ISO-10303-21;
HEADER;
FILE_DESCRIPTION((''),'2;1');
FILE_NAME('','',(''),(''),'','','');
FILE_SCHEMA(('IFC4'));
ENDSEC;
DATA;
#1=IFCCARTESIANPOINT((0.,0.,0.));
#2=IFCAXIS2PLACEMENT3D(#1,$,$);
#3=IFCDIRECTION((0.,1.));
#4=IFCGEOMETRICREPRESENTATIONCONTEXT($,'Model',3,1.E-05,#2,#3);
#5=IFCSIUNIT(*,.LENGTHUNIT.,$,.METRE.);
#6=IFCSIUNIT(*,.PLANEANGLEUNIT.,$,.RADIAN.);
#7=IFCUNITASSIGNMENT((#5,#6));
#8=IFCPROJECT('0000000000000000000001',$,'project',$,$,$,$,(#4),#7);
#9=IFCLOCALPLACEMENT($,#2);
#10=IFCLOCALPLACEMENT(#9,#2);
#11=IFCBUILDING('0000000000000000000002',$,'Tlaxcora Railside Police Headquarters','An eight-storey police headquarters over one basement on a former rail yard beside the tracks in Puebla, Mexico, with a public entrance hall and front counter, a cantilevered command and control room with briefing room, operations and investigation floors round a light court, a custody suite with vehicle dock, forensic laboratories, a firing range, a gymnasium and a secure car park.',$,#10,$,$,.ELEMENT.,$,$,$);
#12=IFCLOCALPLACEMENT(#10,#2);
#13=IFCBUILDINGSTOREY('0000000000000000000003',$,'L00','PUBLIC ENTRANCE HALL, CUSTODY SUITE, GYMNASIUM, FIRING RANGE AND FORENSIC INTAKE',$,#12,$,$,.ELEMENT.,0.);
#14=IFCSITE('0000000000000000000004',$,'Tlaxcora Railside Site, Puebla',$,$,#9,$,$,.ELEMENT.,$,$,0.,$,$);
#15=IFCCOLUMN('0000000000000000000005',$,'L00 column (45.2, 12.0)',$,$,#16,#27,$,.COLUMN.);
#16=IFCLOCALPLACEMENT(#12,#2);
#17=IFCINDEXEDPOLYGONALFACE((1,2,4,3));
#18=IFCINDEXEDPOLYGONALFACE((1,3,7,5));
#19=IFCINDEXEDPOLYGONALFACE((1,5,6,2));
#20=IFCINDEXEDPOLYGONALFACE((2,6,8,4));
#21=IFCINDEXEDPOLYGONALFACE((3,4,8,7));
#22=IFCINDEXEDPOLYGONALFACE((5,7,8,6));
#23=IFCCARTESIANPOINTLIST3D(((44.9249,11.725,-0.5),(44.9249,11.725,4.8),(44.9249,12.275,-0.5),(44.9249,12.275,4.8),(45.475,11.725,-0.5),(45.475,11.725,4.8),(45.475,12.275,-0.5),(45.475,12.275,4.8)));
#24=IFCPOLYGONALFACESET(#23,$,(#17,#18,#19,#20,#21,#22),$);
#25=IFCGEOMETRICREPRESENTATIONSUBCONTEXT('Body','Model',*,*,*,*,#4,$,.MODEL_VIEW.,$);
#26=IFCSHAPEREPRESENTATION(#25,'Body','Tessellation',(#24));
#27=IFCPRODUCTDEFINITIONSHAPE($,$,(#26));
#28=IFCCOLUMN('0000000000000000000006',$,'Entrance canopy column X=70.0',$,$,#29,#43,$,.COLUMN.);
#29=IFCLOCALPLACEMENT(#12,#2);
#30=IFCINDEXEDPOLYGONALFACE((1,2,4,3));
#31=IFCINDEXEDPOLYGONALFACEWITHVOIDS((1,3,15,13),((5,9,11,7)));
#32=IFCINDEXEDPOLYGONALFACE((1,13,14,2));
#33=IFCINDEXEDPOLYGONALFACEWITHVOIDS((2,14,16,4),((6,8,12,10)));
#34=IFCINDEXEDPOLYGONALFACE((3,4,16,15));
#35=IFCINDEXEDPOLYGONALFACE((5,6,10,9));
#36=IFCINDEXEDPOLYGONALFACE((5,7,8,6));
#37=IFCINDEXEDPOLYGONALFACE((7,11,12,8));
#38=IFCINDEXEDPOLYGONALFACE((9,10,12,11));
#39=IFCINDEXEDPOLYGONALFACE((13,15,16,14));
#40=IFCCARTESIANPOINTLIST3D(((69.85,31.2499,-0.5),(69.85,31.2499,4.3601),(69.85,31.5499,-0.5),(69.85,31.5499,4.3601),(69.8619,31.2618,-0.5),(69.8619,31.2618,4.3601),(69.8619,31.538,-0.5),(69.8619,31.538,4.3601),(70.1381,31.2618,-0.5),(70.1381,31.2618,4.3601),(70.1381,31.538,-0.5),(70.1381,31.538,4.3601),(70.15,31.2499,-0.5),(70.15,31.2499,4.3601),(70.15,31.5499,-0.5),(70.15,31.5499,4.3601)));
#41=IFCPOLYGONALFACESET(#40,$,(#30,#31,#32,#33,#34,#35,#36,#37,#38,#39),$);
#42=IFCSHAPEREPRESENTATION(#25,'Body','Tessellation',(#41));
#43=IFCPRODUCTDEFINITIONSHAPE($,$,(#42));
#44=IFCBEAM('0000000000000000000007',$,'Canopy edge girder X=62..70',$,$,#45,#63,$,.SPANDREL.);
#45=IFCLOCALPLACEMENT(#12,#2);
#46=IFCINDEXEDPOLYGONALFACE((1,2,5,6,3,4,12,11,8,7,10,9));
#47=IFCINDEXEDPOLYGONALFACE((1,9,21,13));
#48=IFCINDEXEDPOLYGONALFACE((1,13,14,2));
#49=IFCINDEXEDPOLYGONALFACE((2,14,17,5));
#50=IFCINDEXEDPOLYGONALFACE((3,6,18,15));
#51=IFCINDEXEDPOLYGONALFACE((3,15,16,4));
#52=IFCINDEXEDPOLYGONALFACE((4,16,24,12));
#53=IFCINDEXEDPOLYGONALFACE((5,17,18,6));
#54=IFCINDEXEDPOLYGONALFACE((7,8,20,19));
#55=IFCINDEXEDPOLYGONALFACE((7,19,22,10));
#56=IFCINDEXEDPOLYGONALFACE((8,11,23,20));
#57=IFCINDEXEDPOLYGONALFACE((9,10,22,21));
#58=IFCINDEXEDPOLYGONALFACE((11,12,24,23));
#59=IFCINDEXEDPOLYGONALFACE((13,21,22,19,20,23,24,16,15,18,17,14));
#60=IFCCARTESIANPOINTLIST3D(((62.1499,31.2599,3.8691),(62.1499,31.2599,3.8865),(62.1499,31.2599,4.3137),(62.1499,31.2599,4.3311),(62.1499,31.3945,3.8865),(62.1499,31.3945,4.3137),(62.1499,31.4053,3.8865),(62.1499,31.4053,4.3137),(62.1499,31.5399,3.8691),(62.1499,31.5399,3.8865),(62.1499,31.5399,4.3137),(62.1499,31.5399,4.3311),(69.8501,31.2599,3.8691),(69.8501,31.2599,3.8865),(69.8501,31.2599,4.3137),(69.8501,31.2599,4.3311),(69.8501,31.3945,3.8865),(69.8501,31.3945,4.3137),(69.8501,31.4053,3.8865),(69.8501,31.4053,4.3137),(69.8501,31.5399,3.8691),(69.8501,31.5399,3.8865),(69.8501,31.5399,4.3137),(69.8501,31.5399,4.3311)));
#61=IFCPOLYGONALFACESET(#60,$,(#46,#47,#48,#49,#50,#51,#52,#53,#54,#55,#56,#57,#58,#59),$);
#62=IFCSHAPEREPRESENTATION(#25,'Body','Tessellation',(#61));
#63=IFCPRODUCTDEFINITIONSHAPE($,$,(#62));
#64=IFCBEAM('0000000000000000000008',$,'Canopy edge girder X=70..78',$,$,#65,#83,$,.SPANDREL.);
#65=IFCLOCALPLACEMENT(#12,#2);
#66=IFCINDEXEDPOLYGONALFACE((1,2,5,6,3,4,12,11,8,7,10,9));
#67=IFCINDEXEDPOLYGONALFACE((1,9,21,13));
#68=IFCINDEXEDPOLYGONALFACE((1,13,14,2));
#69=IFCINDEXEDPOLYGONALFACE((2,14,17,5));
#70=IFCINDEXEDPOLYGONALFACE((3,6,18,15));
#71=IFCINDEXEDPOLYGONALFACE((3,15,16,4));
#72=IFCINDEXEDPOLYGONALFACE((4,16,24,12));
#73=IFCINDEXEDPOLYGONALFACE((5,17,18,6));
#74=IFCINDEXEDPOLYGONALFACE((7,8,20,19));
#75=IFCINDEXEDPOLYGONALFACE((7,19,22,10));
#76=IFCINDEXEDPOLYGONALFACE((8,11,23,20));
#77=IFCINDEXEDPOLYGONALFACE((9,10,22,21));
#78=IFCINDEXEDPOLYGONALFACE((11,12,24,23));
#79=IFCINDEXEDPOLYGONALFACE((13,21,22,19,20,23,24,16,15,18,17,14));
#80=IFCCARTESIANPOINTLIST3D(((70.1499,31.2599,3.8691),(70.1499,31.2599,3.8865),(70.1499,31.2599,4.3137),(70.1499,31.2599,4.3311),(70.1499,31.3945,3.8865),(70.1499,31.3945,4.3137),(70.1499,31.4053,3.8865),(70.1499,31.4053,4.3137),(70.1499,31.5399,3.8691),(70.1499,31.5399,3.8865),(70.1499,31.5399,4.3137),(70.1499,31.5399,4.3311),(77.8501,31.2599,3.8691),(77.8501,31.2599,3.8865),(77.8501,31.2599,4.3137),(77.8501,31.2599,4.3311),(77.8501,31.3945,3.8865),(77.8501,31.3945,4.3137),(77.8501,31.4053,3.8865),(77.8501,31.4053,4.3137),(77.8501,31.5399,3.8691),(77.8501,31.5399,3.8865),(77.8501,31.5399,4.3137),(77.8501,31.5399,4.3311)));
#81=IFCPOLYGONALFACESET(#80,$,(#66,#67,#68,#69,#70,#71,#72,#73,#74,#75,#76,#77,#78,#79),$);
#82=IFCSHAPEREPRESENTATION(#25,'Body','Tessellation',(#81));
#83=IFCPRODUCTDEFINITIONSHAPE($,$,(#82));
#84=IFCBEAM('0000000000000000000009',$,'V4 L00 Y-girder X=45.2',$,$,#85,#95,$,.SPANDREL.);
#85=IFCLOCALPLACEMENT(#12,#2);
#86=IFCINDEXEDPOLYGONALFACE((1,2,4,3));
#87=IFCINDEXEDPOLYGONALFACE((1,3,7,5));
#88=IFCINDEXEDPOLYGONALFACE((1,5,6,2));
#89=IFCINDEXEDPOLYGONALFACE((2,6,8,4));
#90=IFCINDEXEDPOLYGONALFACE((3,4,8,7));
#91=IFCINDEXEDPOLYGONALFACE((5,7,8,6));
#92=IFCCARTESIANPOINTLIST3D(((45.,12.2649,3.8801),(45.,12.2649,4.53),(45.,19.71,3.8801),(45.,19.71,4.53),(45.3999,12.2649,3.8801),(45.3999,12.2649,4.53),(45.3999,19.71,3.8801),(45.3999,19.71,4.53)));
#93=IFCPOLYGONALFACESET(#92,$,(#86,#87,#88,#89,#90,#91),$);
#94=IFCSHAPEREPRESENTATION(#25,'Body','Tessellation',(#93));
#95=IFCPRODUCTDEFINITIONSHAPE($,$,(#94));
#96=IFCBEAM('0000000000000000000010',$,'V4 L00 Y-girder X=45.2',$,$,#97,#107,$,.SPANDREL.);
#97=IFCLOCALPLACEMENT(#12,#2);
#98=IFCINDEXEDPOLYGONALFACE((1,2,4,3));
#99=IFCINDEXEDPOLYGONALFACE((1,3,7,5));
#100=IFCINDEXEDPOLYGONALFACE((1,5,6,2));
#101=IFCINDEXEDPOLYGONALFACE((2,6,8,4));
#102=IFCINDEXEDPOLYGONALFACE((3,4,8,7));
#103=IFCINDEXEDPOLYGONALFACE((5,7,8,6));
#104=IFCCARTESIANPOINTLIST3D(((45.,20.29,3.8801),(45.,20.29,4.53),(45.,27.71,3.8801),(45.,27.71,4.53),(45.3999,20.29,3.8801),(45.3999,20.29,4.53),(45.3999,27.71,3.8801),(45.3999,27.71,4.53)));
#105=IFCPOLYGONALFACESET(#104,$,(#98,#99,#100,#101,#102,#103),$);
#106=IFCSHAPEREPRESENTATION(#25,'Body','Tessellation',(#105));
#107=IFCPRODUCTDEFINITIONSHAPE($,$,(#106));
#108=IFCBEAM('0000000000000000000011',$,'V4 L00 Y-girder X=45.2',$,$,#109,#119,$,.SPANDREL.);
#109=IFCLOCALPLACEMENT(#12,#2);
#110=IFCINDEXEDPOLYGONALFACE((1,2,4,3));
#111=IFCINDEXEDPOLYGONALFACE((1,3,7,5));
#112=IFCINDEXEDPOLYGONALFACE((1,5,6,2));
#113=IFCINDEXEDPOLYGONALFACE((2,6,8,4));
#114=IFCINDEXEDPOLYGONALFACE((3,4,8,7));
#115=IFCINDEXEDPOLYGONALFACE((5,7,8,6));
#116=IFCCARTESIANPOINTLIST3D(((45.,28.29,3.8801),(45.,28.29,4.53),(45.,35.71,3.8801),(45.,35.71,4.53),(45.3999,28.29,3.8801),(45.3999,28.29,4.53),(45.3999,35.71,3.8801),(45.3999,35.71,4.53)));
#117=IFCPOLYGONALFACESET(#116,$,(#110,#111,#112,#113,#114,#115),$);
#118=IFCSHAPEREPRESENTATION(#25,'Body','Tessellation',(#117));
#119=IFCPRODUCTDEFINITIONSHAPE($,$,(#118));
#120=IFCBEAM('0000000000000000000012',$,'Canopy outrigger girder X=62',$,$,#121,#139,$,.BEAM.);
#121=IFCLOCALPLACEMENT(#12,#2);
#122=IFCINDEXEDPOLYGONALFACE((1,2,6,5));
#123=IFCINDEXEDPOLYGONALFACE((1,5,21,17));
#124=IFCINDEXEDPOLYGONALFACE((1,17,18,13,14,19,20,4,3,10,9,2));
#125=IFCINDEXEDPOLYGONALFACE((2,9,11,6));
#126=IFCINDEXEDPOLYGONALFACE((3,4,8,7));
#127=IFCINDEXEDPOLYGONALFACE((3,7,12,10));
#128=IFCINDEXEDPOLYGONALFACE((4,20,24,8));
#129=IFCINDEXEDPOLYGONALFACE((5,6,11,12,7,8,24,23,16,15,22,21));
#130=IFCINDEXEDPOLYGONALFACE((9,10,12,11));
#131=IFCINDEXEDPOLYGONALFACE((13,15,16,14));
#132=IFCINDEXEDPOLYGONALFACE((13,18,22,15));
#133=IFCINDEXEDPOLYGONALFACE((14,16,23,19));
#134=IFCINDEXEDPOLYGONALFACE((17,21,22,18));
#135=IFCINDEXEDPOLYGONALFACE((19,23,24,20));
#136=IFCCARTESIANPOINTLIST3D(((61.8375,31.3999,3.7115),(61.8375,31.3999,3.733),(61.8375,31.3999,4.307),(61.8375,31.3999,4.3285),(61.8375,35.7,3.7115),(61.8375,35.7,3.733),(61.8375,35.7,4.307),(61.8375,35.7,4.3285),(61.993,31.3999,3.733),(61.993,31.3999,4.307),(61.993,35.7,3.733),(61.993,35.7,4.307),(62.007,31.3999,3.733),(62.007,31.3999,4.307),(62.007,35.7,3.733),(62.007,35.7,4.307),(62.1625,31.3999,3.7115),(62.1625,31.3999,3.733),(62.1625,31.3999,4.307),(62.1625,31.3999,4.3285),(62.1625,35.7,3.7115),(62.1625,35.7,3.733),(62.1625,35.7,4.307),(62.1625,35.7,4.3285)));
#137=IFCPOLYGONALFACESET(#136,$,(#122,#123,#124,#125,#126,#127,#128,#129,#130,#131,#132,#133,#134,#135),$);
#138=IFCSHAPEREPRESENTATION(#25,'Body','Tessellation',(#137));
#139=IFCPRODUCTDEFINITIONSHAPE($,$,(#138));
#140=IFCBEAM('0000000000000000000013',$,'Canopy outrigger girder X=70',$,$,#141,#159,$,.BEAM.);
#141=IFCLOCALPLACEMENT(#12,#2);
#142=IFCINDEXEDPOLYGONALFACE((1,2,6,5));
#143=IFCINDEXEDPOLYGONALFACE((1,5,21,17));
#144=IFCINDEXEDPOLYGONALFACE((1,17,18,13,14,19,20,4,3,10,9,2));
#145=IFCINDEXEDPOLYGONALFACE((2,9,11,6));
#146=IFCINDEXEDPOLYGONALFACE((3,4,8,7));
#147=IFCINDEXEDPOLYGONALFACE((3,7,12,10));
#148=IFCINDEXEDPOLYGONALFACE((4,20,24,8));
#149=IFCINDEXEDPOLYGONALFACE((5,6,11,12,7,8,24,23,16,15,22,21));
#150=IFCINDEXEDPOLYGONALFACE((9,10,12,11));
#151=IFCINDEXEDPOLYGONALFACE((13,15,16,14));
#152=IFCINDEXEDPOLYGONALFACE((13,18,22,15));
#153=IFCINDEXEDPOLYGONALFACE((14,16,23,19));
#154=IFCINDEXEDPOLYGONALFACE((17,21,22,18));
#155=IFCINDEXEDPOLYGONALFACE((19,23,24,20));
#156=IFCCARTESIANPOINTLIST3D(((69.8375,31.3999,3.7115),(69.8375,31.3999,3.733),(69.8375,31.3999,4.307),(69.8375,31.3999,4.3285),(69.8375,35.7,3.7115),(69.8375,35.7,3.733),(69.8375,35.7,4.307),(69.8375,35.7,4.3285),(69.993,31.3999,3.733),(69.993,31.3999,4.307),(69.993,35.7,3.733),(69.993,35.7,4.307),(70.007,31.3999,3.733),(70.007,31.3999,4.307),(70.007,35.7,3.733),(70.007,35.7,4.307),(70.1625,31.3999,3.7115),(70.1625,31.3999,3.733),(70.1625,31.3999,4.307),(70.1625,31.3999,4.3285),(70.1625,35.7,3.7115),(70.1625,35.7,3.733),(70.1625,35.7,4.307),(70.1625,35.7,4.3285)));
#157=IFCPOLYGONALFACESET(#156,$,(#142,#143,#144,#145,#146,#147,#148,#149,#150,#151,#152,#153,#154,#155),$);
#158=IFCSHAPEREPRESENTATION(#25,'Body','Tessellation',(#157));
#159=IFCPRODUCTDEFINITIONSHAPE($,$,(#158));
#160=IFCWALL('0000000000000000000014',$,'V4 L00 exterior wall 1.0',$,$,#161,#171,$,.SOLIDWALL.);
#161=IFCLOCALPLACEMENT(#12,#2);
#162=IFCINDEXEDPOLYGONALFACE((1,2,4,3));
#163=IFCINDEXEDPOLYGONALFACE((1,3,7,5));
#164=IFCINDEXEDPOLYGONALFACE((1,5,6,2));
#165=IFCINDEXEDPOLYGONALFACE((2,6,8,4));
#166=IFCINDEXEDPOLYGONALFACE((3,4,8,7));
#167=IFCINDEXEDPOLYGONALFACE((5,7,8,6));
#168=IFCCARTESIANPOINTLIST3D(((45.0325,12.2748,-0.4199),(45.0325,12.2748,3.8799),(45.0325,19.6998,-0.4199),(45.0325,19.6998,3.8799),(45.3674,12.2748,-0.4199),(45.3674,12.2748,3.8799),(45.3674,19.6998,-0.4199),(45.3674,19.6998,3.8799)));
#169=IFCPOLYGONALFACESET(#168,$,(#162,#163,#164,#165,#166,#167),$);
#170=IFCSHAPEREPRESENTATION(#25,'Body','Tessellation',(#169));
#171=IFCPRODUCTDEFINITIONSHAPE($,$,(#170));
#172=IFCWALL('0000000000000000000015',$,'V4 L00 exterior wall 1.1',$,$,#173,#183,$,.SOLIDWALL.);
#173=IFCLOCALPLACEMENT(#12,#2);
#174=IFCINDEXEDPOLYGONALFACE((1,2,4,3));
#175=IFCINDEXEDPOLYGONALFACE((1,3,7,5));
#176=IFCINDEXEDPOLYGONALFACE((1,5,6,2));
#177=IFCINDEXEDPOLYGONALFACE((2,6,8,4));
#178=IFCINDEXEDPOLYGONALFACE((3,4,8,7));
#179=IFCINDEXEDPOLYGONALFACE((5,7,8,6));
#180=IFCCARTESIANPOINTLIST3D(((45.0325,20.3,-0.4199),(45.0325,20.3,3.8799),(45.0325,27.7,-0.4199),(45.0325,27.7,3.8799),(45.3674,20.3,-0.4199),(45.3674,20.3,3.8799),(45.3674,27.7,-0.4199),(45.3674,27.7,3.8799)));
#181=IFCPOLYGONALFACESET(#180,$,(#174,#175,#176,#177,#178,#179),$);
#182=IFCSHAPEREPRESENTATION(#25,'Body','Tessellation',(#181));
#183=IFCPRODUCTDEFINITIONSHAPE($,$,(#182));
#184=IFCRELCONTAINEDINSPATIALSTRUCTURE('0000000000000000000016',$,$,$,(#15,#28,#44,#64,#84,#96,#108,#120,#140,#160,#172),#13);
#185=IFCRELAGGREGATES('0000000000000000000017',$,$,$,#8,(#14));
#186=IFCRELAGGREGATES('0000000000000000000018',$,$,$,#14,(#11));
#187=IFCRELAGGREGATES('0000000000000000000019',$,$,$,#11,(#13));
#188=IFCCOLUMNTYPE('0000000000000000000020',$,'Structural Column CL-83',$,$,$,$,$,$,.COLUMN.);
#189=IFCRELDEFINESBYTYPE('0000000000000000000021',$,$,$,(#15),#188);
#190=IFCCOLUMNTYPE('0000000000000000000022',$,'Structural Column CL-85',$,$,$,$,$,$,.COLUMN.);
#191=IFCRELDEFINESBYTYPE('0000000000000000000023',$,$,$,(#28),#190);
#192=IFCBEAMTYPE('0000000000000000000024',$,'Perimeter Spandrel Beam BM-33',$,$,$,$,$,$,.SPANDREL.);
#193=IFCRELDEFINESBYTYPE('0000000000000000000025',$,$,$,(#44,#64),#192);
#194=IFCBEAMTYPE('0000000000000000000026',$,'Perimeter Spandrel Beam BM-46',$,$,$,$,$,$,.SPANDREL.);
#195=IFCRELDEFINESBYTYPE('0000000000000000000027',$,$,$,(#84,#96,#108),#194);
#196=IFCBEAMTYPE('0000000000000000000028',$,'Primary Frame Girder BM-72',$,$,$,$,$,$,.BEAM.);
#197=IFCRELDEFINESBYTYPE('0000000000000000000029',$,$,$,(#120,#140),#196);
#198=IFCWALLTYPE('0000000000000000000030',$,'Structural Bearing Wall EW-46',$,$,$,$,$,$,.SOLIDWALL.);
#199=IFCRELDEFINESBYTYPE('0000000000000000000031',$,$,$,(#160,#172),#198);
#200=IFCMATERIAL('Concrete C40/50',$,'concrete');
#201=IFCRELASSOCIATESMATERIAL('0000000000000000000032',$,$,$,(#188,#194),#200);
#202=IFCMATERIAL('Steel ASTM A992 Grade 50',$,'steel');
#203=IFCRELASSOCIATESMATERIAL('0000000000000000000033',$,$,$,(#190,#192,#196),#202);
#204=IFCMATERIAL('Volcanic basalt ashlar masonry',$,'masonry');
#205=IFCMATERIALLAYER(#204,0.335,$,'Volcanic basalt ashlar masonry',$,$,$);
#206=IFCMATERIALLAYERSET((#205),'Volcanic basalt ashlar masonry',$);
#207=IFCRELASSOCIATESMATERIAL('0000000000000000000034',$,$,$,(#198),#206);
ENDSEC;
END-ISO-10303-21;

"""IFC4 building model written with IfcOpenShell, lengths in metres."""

from ifc_helpers import new_model, si_unit, direction, frame, frame_2d, origin, origin_2d, place, context, subcontext, project, spatial, rectangle, hollow_rectangle, i_section, extrude, material, layer, layer_set, material_profile, profile_set, type_object, element, save


model = new_model("IFC4")

# Units and contexts
model_context = context("Model", 3, precision=1e-05, world=origin(), true_north=direction((0.0, 1.0)))
body_context = subcontext(model_context, "Body", "Model", "MODEL_VIEW")
ifc_project = project(units=[si_unit("LENGTHUNIT", "METRE"), si_unit("PLANEANGLEUNIT", "RADIAN")], contexts=[model_context])

# Site, building, storey
site_placement = place(None, origin())
site = spatial("IfcSite", under=ifc_project, at=site_placement, Name="Tlaxcora Railside Site, Puebla", CompositionType="ELEMENT", RefElevation=0.0)
building_placement = place(site_placement, origin())
building = spatial("IfcBuilding", under=site, at=building_placement, Name="Tlaxcora Railside Police Headquarters", Description="An eight-storey police headquarters over one basement on a former rail yard beside the tracks in Puebla, Mexico, with a public entrance hall and front counter, a cantilevered command and control room with briefing room, operations and investigation floors round a light court, a custody suite with vehicle dock, forensic laboratories, a firing range, a gymnasium and a secure car park.", CompositionType="ELEMENT")
storey_placement = place(building_placement, origin())
storey = spatial("IfcBuildingStorey", under=building, at=storey_placement, Name="L00", Description="PUBLIC ENTRANCE HALL, CUSTODY SUITE, GYMNASIUM, FIRING RANGE AND FORENSIC INTAKE", CompositionType="ELEMENT", Elevation=0.0)

# Shared definitions
ifc_material_1 = material(Name="Concrete C40/50", Category="concrete")

# Columns
ifc_material_2 = material(Name="Steel ASTM A992 Grade 50", Category="steel")
ifc_material_profile_1 = material_profile(ifc_material_1, rectangle(XDim=0.55, YDim=0.55, at=origin_2d()), Name="RC550X550")
ifc_profile_set_1 = profile_set([ifc_material_profile_1], Name="Concrete C40/50")
column_type_1 = type_object("IfcColumnType", Name="Structural Column CL-83", PredefinedType="COLUMN", material=ifc_profile_set_1)
column_1_placement = place(storey_placement, frame((45.2, 12.0, -0.5), z_axis=(0.0, 0.0, 1.0), x_axis=(1.0, 0.0, 0.0)))
element("IfcColumn", 1, at=column_1_placement, inside=storey, type_object=column_type_1, Name="L00 column (45.2, 12.0)", PredefinedType="COLUMN", context=body_context, shape_type="SweptSolid", body=[
    extrude(rectangle(XDim=0.55, YDim=0.55, at=origin_2d()), origin(), (0.0, 0.0, 1.0), 5.3),
])
ifc_material_profile_2 = material_profile(ifc_material_2, hollow_rectangle(XDim=0.3, YDim=0.3, WallThickness=0.012, at=origin_2d()), Name="HSS300X300X12")
ifc_profile_set_2 = profile_set([ifc_material_profile_2], Name="Steel ASTM A992 Grade 50")
column_type_2 = type_object("IfcColumnType", Name="Structural Column CL-85", PredefinedType="COLUMN", material=ifc_profile_set_2)
column_2_placement = place(storey_placement, frame((70.0, 31.3999, -0.5), z_axis=(0.0, 0.0, 1.0), x_axis=(1.0, 0.0, 0.0)))
element("IfcColumn", 2, at=column_2_placement, inside=storey, type_object=column_type_2, Name="Entrance canopy column X=70.0", PredefinedType="COLUMN", context=body_context, shape_type="SweptSolid", body=[
    extrude(hollow_rectangle(XDim=0.3, YDim=0.3, WallThickness=0.012, at=origin_2d()), origin(), (0.0, 0.0, 1.0), 4.8601),
])

# Beams
ifc_material_profile_3 = material_profile(ifc_material_2, i_section(OverallWidth=0.28, OverallDepth=0.4619, WebThickness=0.0107, FlangeThickness=0.0173, at=origin_2d()), Name="W18X76")
ifc_profile_set_3 = profile_set([ifc_material_profile_3], Name="Steel ASTM A992 Grade 50")
beam_type_1 = type_object("IfcBeamType", Name="Perimeter Spandrel Beam BM-33", PredefinedType="SPANDREL", material=ifc_profile_set_3)
for number, where, z_axis, x_axis, name in (
    (3, (62.1499, 31.3999, 4.1001), (1.0, 0.0, 0.0), (0.0, 1.0, 0.0), "Canopy edge girder X=62..70"),
    (4, (70.1499, 31.3999, 4.1001), (1.0, 0.0, 0.0), (0.0, 1.0, 0.0), "Canopy edge girder X=70..78"),
):
    element("IfcBeam", number, at=place(storey_placement, frame(where, z_axis=z_axis, x_axis=x_axis)), inside=storey, type_object=beam_type_1, Name=name, PredefinedType="SPANDREL", context=body_context, shape_type="SweptSolid", body=[
        extrude(i_section(OverallWidth=0.28, OverallDepth=0.4619, WebThickness=0.0107, FlangeThickness=0.0173, at=origin_2d()), origin(), (0.0, 0.0, 1.0), 7.7002),
    ])
ifc_material_profile_4 = material_profile(ifc_material_1, rectangle(XDim=0.3999, YDim=0.6499, at=origin_2d()), Name="RC400X650")
ifc_profile_set_4 = profile_set([ifc_material_profile_4], Name="Concrete C40/50")
beam_type_2 = type_object("IfcBeamType", Name="Perimeter Spandrel Beam BM-46", PredefinedType="SPANDREL", material=ifc_profile_set_4)
beam_placement = place(storey_placement, frame((45.2, 12.2649, 4.2051), z_axis=(0.0, 1.0, 0.0), x_axis=(-1.0, 0.0, 0.0)))
element("IfcBeam", 5, at=beam_placement, inside=storey, type_object=beam_type_2, Name="V4 L00 Y-girder X=45.2", PredefinedType="SPANDREL", context=body_context, shape_type="SweptSolid", body=[
    extrude(rectangle(XDim=0.3999, YDim=0.6499, at=origin_2d()), origin(), (0.0, 0.0, 1.0), 7.4451),
])
for number, where, z_axis, x_axis, name in (
    (6, (45.2, 20.29, 4.2051), (0.0, 1.0, 0.0), (-1.0, 0.0, 0.0), "V4 L00 Y-girder X=45.2"),
    (7, (45.2, 28.29, 4.2051), (0.0, 1.0, 0.0), (-1.0, 0.0, 0.0), "V4 L00 Y-girder X=45.2"),
):
    element("IfcBeam", number, at=place(storey_placement, frame(where, z_axis=z_axis, x_axis=x_axis)), inside=storey, type_object=beam_type_2, Name=name, PredefinedType="SPANDREL", context=body_context, shape_type="SweptSolid", body=[
        extrude(rectangle(XDim=0.3999, YDim=0.6499, at=origin_2d()), origin(), (0.0, 0.0, 1.0), 7.4199),
    ])
ifc_material_profile_5 = material_profile(ifc_material_2, i_section(OverallWidth=0.325, OverallDepth=0.6169, WebThickness=0.0139, FlangeThickness=0.0215, at=origin_2d()), Name="W24X117")
ifc_profile_set_5 = profile_set([ifc_material_profile_5], Name="Steel ASTM A992 Grade 50")
beam_type_3 = type_object("IfcBeamType", Name="Primary Frame Girder BM-72", PredefinedType="BEAM", material=ifc_profile_set_5)
for number, where, z_axis, x_axis, name in (
    (8, (62.0, 31.3999, 4.02), (0.0, 1.0, 0.0), (-1.0, 0.0, 0.0), "Canopy outrigger girder X=62"),
    (9, (70.0, 31.3999, 4.02), (0.0, 1.0, 0.0), (-1.0, 0.0, 0.0), "Canopy outrigger girder X=70"),
):
    element("IfcBeam", number, at=place(storey_placement, frame(where, z_axis=z_axis, x_axis=x_axis)), inside=storey, type_object=beam_type_3, Name=name, PredefinedType="BEAM", context=body_context, shape_type="SweptSolid", body=[
        extrude(i_section(OverallWidth=0.325, OverallDepth=0.6169, WebThickness=0.0139, FlangeThickness=0.0215, at=origin_2d()), origin(), (0.0, 0.0, 1.0), 4.3),
    ])

# Walls
ifc_material_3 = material(Name="Volcanic basalt ashlar masonry", Category="masonry")
ifc_layer_1 = layer(ifc_material_3, 0.335, Name="Volcanic basalt ashlar masonry")
ifc_layer_set_1 = layer_set([ifc_layer_1], Name="Volcanic basalt ashlar masonry")
wall_type = type_object("IfcWallType", Name="Structural Bearing Wall EW-46", PredefinedType="SOLIDWALL", material=ifc_layer_set_1)
wall_placement = place(storey_placement, frame((45.2, 12.2749, -0.4199), z_axis=(0.0, 0.0, 1.0), x_axis=(0.0, 1.0, 0.0)))
element("IfcWall", 10, at=wall_placement, inside=storey, type_object=wall_type, Name="V4 L00 exterior wall 1.0", PredefinedType="SOLIDWALL", context=body_context, shape_type="SweptSolid", body=[
    extrude(rectangle(XDim=7.425, YDim=0.335, at=frame_2d((3.7124, 0.0))), origin(), (0.0, 0.0, 1.0), 4.2998),
])
for number, where, z_axis, x_axis, name in (
    (11, (45.2, 20.3, -0.4199), (0.0, 0.0, 1.0), (0.0, 1.0, 0.0), "V4 L00 exterior wall 1.1"),
):
    element("IfcWall", number, at=place(storey_placement, frame(where, z_axis=z_axis, x_axis=x_axis)), inside=storey, type_object=wall_type, Name=name, PredefinedType="SOLIDWALL", context=body_context, shape_type="SweptSolid", body=[
        extrude(rectangle(XDim=7.3999, YDim=0.335, at=frame_2d((3.7, 0.0))), origin(), (0.0, 0.0, 1.0), 4.2998),
    ])

save(model, "model.ifc")
